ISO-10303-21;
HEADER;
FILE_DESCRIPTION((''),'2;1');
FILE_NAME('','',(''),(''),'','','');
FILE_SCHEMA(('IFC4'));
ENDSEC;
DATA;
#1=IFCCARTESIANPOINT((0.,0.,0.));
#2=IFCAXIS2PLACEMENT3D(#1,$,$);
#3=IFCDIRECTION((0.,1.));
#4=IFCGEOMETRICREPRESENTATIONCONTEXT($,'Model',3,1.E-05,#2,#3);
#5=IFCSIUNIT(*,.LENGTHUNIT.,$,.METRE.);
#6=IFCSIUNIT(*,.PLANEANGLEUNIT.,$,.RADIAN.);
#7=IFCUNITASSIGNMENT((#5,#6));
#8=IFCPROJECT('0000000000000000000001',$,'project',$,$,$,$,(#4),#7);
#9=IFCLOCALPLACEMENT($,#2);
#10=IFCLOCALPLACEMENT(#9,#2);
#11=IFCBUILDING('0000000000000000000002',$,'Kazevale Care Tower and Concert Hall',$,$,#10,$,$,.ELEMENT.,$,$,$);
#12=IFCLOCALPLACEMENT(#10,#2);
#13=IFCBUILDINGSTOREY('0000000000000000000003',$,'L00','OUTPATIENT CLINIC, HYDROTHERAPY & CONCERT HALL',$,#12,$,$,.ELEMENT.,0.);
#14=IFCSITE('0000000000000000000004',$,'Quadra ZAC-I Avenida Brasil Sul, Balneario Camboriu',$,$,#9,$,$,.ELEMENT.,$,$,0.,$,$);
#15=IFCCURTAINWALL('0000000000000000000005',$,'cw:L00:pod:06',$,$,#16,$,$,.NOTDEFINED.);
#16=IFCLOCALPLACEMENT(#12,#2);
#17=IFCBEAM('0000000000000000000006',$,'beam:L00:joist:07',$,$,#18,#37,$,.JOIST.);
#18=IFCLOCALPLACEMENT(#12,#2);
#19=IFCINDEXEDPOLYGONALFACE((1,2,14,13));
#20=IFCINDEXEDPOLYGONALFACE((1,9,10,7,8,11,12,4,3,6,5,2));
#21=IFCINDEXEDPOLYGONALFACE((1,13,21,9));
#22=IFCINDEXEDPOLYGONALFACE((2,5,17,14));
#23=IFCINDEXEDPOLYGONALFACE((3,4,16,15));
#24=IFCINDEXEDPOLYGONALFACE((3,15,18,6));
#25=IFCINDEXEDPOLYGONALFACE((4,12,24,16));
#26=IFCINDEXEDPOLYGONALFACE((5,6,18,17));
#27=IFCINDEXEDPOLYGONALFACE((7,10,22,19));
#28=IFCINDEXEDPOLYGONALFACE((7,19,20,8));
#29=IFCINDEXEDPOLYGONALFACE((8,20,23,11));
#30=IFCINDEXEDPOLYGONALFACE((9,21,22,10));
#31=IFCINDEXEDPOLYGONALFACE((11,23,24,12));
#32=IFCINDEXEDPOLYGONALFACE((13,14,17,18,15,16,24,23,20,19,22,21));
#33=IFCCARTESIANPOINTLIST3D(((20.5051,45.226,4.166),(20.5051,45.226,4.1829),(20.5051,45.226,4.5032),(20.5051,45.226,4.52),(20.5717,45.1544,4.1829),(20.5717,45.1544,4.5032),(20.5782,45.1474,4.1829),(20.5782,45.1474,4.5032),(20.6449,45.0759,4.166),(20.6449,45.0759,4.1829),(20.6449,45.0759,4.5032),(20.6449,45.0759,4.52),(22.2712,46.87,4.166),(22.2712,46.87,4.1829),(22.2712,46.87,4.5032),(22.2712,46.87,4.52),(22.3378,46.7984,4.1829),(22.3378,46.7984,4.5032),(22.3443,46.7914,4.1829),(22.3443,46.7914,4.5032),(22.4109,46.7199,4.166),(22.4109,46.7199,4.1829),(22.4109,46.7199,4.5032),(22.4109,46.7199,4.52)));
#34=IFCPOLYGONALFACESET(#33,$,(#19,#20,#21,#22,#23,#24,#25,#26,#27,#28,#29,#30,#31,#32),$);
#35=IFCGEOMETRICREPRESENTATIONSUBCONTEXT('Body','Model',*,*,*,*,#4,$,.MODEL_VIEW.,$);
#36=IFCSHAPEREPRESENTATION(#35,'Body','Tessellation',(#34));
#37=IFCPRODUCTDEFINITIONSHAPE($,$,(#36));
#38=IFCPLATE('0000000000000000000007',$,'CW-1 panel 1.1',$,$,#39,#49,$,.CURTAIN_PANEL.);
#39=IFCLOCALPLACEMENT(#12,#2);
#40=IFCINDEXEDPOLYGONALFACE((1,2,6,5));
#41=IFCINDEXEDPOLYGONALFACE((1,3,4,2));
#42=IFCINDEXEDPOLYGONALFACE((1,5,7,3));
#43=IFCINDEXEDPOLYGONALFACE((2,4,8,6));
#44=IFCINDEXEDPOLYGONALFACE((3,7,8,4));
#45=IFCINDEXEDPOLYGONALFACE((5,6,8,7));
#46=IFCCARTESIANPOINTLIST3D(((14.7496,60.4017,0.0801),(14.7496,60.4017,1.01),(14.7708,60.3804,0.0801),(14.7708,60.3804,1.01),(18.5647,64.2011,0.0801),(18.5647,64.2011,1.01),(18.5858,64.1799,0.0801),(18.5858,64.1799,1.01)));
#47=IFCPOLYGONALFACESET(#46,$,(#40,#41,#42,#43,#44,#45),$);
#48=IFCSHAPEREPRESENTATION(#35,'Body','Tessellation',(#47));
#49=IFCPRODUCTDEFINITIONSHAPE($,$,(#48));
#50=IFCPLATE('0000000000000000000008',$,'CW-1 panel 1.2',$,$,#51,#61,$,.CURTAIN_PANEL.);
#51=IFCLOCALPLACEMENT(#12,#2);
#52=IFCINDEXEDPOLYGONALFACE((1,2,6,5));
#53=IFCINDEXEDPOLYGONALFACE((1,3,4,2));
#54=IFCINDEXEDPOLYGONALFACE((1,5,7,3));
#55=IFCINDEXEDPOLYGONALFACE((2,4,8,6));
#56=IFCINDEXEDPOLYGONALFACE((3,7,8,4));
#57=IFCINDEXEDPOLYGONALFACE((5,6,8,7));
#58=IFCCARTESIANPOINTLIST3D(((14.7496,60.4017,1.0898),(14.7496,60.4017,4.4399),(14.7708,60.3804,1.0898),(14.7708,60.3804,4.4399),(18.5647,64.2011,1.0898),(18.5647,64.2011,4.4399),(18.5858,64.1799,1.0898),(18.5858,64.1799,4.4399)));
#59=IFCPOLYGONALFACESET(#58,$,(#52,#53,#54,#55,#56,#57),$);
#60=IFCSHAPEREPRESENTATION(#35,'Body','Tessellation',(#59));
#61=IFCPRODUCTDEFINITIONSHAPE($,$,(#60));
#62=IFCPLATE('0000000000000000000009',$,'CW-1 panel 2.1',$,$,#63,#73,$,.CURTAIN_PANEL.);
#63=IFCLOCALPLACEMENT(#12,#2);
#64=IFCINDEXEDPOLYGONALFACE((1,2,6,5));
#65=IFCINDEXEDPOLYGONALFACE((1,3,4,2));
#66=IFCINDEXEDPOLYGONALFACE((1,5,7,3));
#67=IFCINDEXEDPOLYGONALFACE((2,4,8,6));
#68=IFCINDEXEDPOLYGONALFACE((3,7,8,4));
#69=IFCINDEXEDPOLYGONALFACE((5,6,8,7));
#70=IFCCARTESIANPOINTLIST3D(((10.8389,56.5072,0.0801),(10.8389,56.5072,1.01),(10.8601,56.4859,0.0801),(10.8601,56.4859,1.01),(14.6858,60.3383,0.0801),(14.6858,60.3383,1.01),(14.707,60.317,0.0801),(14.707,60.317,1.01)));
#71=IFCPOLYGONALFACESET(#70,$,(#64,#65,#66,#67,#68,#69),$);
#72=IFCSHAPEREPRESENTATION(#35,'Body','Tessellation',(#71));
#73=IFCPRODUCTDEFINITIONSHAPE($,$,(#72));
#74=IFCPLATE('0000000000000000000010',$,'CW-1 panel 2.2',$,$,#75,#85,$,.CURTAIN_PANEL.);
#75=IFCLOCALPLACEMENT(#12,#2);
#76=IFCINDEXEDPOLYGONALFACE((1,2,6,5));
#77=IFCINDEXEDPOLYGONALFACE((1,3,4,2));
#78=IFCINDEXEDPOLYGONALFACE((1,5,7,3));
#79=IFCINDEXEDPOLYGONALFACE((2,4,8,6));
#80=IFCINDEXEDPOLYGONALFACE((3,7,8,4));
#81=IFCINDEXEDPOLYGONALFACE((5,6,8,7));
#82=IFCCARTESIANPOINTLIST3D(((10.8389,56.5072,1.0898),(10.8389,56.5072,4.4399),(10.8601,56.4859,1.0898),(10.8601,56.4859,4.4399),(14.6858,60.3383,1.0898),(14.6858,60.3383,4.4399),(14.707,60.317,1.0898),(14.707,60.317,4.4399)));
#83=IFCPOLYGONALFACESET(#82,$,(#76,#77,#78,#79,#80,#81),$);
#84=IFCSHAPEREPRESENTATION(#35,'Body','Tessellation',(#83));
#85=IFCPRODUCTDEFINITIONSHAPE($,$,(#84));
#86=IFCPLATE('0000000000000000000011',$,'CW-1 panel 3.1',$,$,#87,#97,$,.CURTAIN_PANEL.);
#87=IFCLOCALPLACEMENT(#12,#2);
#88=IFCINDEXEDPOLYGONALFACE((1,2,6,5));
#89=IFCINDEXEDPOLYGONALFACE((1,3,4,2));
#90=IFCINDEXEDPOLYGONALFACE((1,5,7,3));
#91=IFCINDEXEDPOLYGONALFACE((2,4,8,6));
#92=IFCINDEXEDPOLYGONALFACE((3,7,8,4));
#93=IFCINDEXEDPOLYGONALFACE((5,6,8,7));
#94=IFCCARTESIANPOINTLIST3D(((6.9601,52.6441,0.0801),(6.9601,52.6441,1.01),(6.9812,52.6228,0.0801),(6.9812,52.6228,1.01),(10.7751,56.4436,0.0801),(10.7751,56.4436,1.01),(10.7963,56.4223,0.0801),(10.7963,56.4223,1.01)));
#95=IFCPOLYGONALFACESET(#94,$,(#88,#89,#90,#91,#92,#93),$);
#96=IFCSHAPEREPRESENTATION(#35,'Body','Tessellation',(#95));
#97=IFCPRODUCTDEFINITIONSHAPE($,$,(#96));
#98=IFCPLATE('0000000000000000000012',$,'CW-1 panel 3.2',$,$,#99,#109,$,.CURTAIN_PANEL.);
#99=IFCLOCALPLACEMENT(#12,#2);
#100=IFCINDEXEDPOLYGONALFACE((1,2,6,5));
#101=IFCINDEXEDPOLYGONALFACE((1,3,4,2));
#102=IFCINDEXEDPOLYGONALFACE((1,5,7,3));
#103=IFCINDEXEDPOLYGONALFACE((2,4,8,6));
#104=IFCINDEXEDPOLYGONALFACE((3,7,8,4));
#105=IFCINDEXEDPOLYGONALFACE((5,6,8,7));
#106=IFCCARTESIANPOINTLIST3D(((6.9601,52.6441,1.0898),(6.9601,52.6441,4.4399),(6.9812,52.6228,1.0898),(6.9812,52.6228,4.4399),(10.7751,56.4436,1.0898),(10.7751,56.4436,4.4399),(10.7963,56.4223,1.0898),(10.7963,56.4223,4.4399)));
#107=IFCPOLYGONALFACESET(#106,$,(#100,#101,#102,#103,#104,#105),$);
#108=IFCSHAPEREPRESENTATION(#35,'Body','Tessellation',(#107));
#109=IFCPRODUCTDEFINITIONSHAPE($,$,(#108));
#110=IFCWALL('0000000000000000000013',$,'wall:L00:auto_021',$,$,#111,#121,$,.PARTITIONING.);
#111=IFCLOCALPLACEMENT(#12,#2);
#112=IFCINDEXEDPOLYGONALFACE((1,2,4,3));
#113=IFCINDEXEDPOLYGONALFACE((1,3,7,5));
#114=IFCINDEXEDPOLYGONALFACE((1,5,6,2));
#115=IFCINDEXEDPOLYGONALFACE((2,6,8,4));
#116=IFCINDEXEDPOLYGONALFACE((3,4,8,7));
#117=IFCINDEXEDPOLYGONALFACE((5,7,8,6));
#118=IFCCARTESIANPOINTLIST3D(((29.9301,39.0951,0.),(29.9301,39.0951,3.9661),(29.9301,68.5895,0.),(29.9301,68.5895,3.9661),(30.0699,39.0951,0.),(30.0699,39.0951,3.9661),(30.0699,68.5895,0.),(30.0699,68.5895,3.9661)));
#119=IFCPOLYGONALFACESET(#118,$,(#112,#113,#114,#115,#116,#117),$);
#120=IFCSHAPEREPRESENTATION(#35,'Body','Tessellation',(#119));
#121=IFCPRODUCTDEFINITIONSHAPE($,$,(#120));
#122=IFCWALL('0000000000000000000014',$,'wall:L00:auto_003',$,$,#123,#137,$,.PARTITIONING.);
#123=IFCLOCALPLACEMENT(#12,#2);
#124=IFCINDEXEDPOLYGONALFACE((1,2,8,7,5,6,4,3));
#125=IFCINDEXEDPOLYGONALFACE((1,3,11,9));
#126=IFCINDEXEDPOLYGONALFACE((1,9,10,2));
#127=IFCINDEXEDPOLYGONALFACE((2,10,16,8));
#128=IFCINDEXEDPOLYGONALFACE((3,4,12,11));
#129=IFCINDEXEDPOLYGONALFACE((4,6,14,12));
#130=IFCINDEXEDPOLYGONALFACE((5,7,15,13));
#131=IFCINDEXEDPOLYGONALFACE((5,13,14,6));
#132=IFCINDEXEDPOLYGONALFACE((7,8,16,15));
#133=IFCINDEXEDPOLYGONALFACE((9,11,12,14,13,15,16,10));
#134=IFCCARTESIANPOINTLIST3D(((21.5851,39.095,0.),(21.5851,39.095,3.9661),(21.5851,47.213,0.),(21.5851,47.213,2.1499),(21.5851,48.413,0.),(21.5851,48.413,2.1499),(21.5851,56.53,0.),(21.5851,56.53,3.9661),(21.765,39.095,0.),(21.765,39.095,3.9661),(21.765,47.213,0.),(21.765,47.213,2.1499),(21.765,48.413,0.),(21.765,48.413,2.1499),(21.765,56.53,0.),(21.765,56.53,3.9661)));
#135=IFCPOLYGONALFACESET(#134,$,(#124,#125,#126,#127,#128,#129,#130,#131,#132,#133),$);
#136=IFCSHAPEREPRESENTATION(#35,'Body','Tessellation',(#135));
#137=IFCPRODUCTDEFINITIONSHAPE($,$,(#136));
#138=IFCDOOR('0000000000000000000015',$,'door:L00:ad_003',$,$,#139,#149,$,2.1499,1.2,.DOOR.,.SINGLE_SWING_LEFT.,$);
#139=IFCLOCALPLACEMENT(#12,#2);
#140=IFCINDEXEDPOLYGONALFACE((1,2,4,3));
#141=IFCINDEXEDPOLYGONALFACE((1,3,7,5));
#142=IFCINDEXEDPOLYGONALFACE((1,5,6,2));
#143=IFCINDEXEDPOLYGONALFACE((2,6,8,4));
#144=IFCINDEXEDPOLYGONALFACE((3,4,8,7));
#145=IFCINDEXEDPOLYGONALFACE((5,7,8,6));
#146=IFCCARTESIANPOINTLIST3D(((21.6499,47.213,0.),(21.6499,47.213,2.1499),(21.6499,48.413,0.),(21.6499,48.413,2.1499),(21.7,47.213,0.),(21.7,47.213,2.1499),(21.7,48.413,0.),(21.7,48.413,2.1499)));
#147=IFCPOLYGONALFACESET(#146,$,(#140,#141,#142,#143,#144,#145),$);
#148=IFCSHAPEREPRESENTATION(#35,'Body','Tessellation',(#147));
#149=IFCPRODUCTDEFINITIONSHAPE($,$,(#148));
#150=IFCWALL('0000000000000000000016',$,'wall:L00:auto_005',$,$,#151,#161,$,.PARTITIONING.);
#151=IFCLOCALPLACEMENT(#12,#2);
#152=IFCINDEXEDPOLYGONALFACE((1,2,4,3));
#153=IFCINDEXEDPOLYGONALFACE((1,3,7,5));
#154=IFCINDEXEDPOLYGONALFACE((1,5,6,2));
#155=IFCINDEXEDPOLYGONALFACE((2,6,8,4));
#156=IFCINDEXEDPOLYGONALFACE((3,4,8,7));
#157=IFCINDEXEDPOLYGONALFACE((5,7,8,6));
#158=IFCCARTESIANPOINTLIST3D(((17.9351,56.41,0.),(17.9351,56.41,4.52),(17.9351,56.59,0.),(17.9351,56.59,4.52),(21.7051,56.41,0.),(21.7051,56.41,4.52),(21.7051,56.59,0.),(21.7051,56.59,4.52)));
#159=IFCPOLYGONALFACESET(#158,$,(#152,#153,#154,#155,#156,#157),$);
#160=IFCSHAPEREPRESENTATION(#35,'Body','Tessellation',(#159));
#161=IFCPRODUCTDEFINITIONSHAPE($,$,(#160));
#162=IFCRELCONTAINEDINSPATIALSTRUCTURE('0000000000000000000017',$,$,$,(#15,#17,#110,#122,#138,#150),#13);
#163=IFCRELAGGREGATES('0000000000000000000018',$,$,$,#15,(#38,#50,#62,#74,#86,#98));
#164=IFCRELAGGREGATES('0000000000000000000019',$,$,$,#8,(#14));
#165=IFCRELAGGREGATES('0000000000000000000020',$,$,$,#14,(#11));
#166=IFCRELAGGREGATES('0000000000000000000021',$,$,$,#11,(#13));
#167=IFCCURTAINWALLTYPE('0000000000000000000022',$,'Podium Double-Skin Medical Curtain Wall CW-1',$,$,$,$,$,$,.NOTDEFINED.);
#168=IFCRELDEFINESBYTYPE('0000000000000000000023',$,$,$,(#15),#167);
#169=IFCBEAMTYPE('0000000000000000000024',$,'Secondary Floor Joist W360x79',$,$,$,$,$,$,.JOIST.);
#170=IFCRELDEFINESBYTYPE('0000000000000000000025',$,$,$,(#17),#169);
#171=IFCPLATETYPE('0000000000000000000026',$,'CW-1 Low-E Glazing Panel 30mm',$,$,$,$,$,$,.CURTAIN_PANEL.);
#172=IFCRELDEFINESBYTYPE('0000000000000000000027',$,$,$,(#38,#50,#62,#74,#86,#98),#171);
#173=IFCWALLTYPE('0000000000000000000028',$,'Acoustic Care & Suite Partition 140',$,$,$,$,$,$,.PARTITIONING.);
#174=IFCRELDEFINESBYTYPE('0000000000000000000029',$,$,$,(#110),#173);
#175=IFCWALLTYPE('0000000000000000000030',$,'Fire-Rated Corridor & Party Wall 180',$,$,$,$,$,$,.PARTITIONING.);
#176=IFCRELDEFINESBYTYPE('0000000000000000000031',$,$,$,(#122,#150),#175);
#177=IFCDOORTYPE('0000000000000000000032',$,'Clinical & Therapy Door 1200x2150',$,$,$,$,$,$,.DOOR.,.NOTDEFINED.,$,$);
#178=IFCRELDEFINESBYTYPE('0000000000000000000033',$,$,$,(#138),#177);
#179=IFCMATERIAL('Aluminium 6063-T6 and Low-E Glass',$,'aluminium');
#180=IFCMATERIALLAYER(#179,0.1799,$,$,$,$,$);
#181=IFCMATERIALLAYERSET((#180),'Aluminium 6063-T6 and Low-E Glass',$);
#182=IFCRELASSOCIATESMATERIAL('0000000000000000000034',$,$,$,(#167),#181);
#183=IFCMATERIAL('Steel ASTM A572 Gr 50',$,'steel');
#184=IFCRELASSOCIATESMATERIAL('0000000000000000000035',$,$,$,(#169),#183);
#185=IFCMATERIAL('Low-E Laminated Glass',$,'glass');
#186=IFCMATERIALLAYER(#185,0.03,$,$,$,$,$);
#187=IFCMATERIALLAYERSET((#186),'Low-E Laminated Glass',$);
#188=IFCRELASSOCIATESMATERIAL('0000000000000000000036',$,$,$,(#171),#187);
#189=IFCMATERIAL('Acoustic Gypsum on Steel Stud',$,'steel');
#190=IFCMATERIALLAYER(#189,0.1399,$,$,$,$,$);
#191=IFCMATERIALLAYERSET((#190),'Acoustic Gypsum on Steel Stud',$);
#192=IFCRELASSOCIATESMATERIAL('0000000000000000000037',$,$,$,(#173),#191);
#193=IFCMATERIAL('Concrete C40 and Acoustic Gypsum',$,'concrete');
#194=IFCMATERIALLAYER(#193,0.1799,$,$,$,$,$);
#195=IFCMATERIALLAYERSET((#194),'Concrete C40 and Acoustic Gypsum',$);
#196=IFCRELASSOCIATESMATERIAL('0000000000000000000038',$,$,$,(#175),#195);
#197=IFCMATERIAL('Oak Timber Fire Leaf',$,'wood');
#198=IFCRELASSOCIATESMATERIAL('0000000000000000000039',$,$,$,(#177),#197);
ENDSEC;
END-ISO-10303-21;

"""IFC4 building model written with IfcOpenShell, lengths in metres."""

from ifc_helpers import new_model, si_unit, direction, frame, frame_2d, origin, origin_2d, place, context, subcontext, project, spatial, rectangle, i_section, extrude, material, layer, layer_set, material_profile, profile_set, type_object, element, fill, aggregate, save


model = new_model("IFC4")

# Units and contexts
model_context = context("Model", 3, precision=1e-05, world=origin(), true_north=direction((0.0, 1.0)))
body_context = subcontext(model_context, "Body", "Model", "MODEL_VIEW")
ifc_project = project(units=[si_unit("LENGTHUNIT", "METRE"), si_unit("PLANEANGLEUNIT", "RADIAN")], contexts=[model_context])

# Site, building, storey
site_placement = place(None, origin())
site = spatial("IfcSite", under=ifc_project, at=site_placement, Name="Quadra ZAC-I Avenida Brasil Sul, Balneario Camboriu", CompositionType="ELEMENT", RefElevation=0.0)
building_placement = place(site_placement, origin())
building = spatial("IfcBuilding", under=site, at=building_placement, Name="Kazevale Care Tower and Concert Hall", CompositionType="ELEMENT")
storey_placement = place(building_placement, origin())
storey = spatial("IfcBuildingStorey", under=building, at=storey_placement, Name="L00", Description="OUTPATIENT CLINIC, HYDROTHERAPY & CONCERT HALL", CompositionType="ELEMENT", Elevation=0.0)

# Curtain wall
ifc_material_1 = material(Name="Aluminium 6063-T6 and Low-E Glass", Category="aluminium")
ifc_layer_1 = layer(ifc_material_1, 0.1799)
ifc_layer_set_1 = layer_set([ifc_layer_1], Name="Aluminium 6063-T6 and Low-E Glass")
curtain_wall_type = type_object("IfcCurtainWallType", Name="Podium Double-Skin Medical Curtain Wall CW-1", PredefinedType="NOTDEFINED", material=ifc_layer_set_1)
curtain_wall_placement = place(storey_placement, origin())
curtain_wall = element("IfcCurtainWall", 1, at=curtain_wall_placement, inside=storey, type_object=curtain_wall_type, Name="cw:L00:pod:06", PredefinedType="NOTDEFINED")

# Beam
ifc_material_2 = material(Name="Steel ASTM A572 Gr 50", Category="steel")
ifc_material_profile_1 = material_profile(ifc_material_2, i_section(OverallWidth=0.2051, OverallDepth=0.354, WebThickness=0.0095, FlangeThickness=0.0168, at=origin_2d()), Name="W360x79")
ifc_profile_set_1 = profile_set([ifc_material_profile_1], Name="Steel ASTM A572 Gr 50")
beam_type_1 = type_object("IfcBeamType", Name="Secondary Floor Joist W360x79", PredefinedType="JOIST", material=ifc_profile_set_1)
beam_1_placement = place(storey_placement, frame((22.3411, 46.7949, 4.343), z_axis=(-0.73195, -0.681359, 0.0), x_axis=(0.681359, -0.73195, 0.0)))
element("IfcBeam", 2, at=beam_1_placement, inside=storey, type_object=beam_type_1, Name="beam:L00:joist:07", PredefinedType="JOIST", context=body_context, shape_type="SweptSolid", body=[
    extrude(i_section(OverallWidth=0.2051, OverallDepth=0.354, WebThickness=0.0095, FlangeThickness=0.0168, at=origin_2d()), origin(), (0.0, 0.0, 1.0), 2.4128),
])

# Plates
ifc_material_3 = material(Name="Low-E Laminated Glass", Category="glass")
ifc_layer_2 = layer(ifc_material_3, 0.03)
ifc_layer_set_2 = layer_set([ifc_layer_2], Name="Low-E Laminated Glass")
plate_type = type_object("IfcPlateType", Name="CW-1 Low-E Glazing Panel 30mm", PredefinedType="CURTAIN_PANEL", material=ifc_layer_set_2)
plate_1_placement = place(storey_placement, frame((16.6677, 62.2908, 0.0801), z_axis=(0.0, 0.0, 1.0), x_axis=(-0.708555, -0.705656, 0.0)))
plate_1 = element("IfcPlate", 3, at=plate_1_placement, type_object=plate_type, Name="CW-1 panel 1.1", PredefinedType="CURTAIN_PANEL", context=body_context, shape_type="SweptSolid", body=[
    extrude(rectangle(XDim=5.3843, YDim=0.03, at=origin_2d()), origin(), (0.0, 0.0, 1.0), 0.9299),
])
plate_2_placement = place(storey_placement, frame((16.6677, 62.2908, 1.0898), z_axis=(0.0, 0.0, 1.0), x_axis=(-0.708555, -0.705656, 0.0)))
plate_2 = element("IfcPlate", 4, at=plate_2_placement, type_object=plate_type, Name="CW-1 panel 1.2", PredefinedType="CURTAIN_PANEL", context=body_context, shape_type="SweptSolid", body=[
    extrude(rectangle(XDim=5.3843, YDim=0.03, at=origin_2d()), origin(), (0.0, 0.0, 1.0), 3.3501),
])
plate_3_placement = place(storey_placement, frame((12.7729, 58.4121, 0.0801), z_axis=(0.0, 0.0, 1.0), x_axis=(-0.708555, -0.705656, 0.0)))
plate_3 = element("IfcPlate", 5, at=plate_3_placement, type_object=plate_type, Name="CW-1 panel 2.1", PredefinedType="CURTAIN_PANEL", context=body_context, shape_type="SweptSolid", body=[
    extrude(rectangle(XDim=5.4292, YDim=0.03, at=origin_2d()), origin(), (0.0, 0.0, 1.0), 0.9299),
])
plate_4_placement = place(storey_placement, frame((12.7729, 58.4121, 1.0898), z_axis=(0.0, 0.0, 1.0), x_axis=(-0.708555, -0.705656, 0.0)))
plate_4 = element("IfcPlate", 6, at=plate_4_placement, type_object=plate_type, Name="CW-1 panel 2.2", PredefinedType="CURTAIN_PANEL", context=body_context, shape_type="SweptSolid", body=[
    extrude(rectangle(XDim=5.4292, YDim=0.03, at=origin_2d()), origin(), (0.0, 0.0, 1.0), 3.3501),
])
plate_5_placement = place(storey_placement, frame((8.8782, 54.5332, 0.0801), z_axis=(0.0, 0.0, 1.0), x_axis=(-0.708555, -0.705656, 0.0)))
plate_5 = element("IfcPlate", 7, at=plate_5_placement, type_object=plate_type, Name="CW-1 panel 3.1", PredefinedType="CURTAIN_PANEL", context=body_context, shape_type="SweptSolid", body=[
    extrude(rectangle(XDim=5.3843, YDim=0.03, at=origin_2d()), origin(), (0.0, 0.0, 1.0), 0.9299),
])
plate_6_placement = place(storey_placement, frame((8.8782, 54.5332, 1.0898), z_axis=(0.0, 0.0, 1.0), x_axis=(-0.708555, -0.705656, 0.0)))
plate_6 = element("IfcPlate", 8, at=plate_6_placement, type_object=plate_type, Name="CW-1 panel 3.2", PredefinedType="CURTAIN_PANEL", context=body_context, shape_type="SweptSolid", body=[
    extrude(rectangle(XDim=5.3843, YDim=0.03, at=origin_2d()), origin(), (0.0, 0.0, 1.0), 3.3501),
])
aggregate(curtain_wall, [plate_1, plate_2, plate_3, plate_4, plate_5, plate_6])

# Wall
ifc_material_4 = material(Name="Acoustic Gypsum on Steel Stud", Category="steel")
ifc_layer_3 = layer(ifc_material_4, 0.1399)
ifc_layer_set_3 = layer_set([ifc_layer_3], Name="Acoustic Gypsum on Steel Stud")
wall_type_1 = type_object("IfcWallType", Name="Acoustic Care & Suite Partition 140", PredefinedType="PARTITIONING", material=ifc_layer_set_3)
wall_1_placement = place(storey_placement, frame((30.0, 68.5894, 0.0), z_axis=(0.0, 0.0, 1.0), x_axis=(0.0, -1.0, 0.0)))
element("IfcWall", 9, at=wall_1_placement, inside=storey, type_object=wall_type_1, Name="wall:L00:auto_021", PredefinedType="PARTITIONING", context=body_context, shape_type="SweptSolid", body=[
    extrude(rectangle(XDim=29.4944, YDim=0.1399, at=frame_2d((14.7471, 0.0))), origin(), (0.0, 0.0, 1.0), 3.9661),
])

# Wall, opening, door
ifc_material_5 = material(Name="Concrete C40 and Acoustic Gypsum", Category="concrete")
ifc_layer_4 = layer(ifc_material_5, 0.1799)
ifc_layer_set_4 = layer_set([ifc_layer_4], Name="Concrete C40 and Acoustic Gypsum")
wall_type_2 = type_object("IfcWallType", Name="Fire-Rated Corridor & Party Wall 180", PredefinedType="PARTITIONING", material=ifc_layer_set_4)
wall_2_placement = place(storey_placement, frame((21.675, 56.53, 0.0), z_axis=(0.0, 0.0, 1.0), x_axis=(0.0, -1.0, 0.0)))
wall_2 = element("IfcWall", 10, at=wall_2_placement, inside=storey, type_object=wall_type_2, Name="wall:L00:auto_003", PredefinedType="PARTITIONING", context=body_context, shape_type="SweptSolid", body=[
    extrude(rectangle(XDim=17.4351, YDim=0.1799, at=frame_2d((8.7175, 0.0))), origin(), (0.0, 0.0, 1.0), 3.9661),
])
opening_placement = place(wall_2_placement, frame((8.1169, 0.0, 0.0)))
opening = element("IfcOpeningElement", 11, at=opening_placement, cuts=wall_2, PredefinedType="OPENING", context=body_context, shape_type="SweptSolid", body=[
    extrude(rectangle(XDim=1.2, YDim=2.1499, at=frame_2d((0.6001, 1.075))), frame((0.0, 0.0999, 0.0), z_axis=(0.0, -1.0, 0.0), x_axis=(1.0, 0.0, 0.0)), (0.0, 0.0, 1.0), 0.2),
])
ifc_material_6 = material(Name="Oak Timber Fire Leaf", Category="wood")
door_type = type_object("IfcDoorType", Name="Clinical & Therapy Door 1200x2150", OperationType="NOTDEFINED", PredefinedType="DOOR", material=ifc_material_6)
door_placement = place(opening_placement, origin())
door = element("IfcDoor", 12, at=door_placement, inside=storey, type_object=door_type, Name="door:L00:ad_003", OperationType="SINGLE_SWING_LEFT", OverallHeight=2.1499, OverallWidth=1.2, PredefinedType="DOOR", context=body_context, shape_type="SweptSolid", body=[
    extrude(rectangle(XDim=1.2, YDim=2.1499, at=frame_2d((0.6001, 1.075))), frame((0.0, 0.0249, 0.0), z_axis=(0.0, -1.0, 0.0), x_axis=(1.0, 0.0, 0.0)), (0.0, 0.0, 1.0), 0.05),
])
fill(opening, door)

# Wall
wall_3_placement = place(storey_placement, frame((17.9351, 56.5, 0.0), z_axis=(0.0, 0.0, 1.0), x_axis=(1.0, 0.0, 0.0)))
element("IfcWall", 13, at=wall_3_placement, inside=storey, type_object=wall_type_2, Name="wall:L00:auto_005", PredefinedType="PARTITIONING", context=body_context, shape_type="SweptSolid", body=[
    extrude(rectangle(XDim=3.77, YDim=0.1799, at=frame_2d((1.885, 0.0))), origin(), (0.0, 0.0, 1.0), 4.52),
])

save(model, "model.ifc")
